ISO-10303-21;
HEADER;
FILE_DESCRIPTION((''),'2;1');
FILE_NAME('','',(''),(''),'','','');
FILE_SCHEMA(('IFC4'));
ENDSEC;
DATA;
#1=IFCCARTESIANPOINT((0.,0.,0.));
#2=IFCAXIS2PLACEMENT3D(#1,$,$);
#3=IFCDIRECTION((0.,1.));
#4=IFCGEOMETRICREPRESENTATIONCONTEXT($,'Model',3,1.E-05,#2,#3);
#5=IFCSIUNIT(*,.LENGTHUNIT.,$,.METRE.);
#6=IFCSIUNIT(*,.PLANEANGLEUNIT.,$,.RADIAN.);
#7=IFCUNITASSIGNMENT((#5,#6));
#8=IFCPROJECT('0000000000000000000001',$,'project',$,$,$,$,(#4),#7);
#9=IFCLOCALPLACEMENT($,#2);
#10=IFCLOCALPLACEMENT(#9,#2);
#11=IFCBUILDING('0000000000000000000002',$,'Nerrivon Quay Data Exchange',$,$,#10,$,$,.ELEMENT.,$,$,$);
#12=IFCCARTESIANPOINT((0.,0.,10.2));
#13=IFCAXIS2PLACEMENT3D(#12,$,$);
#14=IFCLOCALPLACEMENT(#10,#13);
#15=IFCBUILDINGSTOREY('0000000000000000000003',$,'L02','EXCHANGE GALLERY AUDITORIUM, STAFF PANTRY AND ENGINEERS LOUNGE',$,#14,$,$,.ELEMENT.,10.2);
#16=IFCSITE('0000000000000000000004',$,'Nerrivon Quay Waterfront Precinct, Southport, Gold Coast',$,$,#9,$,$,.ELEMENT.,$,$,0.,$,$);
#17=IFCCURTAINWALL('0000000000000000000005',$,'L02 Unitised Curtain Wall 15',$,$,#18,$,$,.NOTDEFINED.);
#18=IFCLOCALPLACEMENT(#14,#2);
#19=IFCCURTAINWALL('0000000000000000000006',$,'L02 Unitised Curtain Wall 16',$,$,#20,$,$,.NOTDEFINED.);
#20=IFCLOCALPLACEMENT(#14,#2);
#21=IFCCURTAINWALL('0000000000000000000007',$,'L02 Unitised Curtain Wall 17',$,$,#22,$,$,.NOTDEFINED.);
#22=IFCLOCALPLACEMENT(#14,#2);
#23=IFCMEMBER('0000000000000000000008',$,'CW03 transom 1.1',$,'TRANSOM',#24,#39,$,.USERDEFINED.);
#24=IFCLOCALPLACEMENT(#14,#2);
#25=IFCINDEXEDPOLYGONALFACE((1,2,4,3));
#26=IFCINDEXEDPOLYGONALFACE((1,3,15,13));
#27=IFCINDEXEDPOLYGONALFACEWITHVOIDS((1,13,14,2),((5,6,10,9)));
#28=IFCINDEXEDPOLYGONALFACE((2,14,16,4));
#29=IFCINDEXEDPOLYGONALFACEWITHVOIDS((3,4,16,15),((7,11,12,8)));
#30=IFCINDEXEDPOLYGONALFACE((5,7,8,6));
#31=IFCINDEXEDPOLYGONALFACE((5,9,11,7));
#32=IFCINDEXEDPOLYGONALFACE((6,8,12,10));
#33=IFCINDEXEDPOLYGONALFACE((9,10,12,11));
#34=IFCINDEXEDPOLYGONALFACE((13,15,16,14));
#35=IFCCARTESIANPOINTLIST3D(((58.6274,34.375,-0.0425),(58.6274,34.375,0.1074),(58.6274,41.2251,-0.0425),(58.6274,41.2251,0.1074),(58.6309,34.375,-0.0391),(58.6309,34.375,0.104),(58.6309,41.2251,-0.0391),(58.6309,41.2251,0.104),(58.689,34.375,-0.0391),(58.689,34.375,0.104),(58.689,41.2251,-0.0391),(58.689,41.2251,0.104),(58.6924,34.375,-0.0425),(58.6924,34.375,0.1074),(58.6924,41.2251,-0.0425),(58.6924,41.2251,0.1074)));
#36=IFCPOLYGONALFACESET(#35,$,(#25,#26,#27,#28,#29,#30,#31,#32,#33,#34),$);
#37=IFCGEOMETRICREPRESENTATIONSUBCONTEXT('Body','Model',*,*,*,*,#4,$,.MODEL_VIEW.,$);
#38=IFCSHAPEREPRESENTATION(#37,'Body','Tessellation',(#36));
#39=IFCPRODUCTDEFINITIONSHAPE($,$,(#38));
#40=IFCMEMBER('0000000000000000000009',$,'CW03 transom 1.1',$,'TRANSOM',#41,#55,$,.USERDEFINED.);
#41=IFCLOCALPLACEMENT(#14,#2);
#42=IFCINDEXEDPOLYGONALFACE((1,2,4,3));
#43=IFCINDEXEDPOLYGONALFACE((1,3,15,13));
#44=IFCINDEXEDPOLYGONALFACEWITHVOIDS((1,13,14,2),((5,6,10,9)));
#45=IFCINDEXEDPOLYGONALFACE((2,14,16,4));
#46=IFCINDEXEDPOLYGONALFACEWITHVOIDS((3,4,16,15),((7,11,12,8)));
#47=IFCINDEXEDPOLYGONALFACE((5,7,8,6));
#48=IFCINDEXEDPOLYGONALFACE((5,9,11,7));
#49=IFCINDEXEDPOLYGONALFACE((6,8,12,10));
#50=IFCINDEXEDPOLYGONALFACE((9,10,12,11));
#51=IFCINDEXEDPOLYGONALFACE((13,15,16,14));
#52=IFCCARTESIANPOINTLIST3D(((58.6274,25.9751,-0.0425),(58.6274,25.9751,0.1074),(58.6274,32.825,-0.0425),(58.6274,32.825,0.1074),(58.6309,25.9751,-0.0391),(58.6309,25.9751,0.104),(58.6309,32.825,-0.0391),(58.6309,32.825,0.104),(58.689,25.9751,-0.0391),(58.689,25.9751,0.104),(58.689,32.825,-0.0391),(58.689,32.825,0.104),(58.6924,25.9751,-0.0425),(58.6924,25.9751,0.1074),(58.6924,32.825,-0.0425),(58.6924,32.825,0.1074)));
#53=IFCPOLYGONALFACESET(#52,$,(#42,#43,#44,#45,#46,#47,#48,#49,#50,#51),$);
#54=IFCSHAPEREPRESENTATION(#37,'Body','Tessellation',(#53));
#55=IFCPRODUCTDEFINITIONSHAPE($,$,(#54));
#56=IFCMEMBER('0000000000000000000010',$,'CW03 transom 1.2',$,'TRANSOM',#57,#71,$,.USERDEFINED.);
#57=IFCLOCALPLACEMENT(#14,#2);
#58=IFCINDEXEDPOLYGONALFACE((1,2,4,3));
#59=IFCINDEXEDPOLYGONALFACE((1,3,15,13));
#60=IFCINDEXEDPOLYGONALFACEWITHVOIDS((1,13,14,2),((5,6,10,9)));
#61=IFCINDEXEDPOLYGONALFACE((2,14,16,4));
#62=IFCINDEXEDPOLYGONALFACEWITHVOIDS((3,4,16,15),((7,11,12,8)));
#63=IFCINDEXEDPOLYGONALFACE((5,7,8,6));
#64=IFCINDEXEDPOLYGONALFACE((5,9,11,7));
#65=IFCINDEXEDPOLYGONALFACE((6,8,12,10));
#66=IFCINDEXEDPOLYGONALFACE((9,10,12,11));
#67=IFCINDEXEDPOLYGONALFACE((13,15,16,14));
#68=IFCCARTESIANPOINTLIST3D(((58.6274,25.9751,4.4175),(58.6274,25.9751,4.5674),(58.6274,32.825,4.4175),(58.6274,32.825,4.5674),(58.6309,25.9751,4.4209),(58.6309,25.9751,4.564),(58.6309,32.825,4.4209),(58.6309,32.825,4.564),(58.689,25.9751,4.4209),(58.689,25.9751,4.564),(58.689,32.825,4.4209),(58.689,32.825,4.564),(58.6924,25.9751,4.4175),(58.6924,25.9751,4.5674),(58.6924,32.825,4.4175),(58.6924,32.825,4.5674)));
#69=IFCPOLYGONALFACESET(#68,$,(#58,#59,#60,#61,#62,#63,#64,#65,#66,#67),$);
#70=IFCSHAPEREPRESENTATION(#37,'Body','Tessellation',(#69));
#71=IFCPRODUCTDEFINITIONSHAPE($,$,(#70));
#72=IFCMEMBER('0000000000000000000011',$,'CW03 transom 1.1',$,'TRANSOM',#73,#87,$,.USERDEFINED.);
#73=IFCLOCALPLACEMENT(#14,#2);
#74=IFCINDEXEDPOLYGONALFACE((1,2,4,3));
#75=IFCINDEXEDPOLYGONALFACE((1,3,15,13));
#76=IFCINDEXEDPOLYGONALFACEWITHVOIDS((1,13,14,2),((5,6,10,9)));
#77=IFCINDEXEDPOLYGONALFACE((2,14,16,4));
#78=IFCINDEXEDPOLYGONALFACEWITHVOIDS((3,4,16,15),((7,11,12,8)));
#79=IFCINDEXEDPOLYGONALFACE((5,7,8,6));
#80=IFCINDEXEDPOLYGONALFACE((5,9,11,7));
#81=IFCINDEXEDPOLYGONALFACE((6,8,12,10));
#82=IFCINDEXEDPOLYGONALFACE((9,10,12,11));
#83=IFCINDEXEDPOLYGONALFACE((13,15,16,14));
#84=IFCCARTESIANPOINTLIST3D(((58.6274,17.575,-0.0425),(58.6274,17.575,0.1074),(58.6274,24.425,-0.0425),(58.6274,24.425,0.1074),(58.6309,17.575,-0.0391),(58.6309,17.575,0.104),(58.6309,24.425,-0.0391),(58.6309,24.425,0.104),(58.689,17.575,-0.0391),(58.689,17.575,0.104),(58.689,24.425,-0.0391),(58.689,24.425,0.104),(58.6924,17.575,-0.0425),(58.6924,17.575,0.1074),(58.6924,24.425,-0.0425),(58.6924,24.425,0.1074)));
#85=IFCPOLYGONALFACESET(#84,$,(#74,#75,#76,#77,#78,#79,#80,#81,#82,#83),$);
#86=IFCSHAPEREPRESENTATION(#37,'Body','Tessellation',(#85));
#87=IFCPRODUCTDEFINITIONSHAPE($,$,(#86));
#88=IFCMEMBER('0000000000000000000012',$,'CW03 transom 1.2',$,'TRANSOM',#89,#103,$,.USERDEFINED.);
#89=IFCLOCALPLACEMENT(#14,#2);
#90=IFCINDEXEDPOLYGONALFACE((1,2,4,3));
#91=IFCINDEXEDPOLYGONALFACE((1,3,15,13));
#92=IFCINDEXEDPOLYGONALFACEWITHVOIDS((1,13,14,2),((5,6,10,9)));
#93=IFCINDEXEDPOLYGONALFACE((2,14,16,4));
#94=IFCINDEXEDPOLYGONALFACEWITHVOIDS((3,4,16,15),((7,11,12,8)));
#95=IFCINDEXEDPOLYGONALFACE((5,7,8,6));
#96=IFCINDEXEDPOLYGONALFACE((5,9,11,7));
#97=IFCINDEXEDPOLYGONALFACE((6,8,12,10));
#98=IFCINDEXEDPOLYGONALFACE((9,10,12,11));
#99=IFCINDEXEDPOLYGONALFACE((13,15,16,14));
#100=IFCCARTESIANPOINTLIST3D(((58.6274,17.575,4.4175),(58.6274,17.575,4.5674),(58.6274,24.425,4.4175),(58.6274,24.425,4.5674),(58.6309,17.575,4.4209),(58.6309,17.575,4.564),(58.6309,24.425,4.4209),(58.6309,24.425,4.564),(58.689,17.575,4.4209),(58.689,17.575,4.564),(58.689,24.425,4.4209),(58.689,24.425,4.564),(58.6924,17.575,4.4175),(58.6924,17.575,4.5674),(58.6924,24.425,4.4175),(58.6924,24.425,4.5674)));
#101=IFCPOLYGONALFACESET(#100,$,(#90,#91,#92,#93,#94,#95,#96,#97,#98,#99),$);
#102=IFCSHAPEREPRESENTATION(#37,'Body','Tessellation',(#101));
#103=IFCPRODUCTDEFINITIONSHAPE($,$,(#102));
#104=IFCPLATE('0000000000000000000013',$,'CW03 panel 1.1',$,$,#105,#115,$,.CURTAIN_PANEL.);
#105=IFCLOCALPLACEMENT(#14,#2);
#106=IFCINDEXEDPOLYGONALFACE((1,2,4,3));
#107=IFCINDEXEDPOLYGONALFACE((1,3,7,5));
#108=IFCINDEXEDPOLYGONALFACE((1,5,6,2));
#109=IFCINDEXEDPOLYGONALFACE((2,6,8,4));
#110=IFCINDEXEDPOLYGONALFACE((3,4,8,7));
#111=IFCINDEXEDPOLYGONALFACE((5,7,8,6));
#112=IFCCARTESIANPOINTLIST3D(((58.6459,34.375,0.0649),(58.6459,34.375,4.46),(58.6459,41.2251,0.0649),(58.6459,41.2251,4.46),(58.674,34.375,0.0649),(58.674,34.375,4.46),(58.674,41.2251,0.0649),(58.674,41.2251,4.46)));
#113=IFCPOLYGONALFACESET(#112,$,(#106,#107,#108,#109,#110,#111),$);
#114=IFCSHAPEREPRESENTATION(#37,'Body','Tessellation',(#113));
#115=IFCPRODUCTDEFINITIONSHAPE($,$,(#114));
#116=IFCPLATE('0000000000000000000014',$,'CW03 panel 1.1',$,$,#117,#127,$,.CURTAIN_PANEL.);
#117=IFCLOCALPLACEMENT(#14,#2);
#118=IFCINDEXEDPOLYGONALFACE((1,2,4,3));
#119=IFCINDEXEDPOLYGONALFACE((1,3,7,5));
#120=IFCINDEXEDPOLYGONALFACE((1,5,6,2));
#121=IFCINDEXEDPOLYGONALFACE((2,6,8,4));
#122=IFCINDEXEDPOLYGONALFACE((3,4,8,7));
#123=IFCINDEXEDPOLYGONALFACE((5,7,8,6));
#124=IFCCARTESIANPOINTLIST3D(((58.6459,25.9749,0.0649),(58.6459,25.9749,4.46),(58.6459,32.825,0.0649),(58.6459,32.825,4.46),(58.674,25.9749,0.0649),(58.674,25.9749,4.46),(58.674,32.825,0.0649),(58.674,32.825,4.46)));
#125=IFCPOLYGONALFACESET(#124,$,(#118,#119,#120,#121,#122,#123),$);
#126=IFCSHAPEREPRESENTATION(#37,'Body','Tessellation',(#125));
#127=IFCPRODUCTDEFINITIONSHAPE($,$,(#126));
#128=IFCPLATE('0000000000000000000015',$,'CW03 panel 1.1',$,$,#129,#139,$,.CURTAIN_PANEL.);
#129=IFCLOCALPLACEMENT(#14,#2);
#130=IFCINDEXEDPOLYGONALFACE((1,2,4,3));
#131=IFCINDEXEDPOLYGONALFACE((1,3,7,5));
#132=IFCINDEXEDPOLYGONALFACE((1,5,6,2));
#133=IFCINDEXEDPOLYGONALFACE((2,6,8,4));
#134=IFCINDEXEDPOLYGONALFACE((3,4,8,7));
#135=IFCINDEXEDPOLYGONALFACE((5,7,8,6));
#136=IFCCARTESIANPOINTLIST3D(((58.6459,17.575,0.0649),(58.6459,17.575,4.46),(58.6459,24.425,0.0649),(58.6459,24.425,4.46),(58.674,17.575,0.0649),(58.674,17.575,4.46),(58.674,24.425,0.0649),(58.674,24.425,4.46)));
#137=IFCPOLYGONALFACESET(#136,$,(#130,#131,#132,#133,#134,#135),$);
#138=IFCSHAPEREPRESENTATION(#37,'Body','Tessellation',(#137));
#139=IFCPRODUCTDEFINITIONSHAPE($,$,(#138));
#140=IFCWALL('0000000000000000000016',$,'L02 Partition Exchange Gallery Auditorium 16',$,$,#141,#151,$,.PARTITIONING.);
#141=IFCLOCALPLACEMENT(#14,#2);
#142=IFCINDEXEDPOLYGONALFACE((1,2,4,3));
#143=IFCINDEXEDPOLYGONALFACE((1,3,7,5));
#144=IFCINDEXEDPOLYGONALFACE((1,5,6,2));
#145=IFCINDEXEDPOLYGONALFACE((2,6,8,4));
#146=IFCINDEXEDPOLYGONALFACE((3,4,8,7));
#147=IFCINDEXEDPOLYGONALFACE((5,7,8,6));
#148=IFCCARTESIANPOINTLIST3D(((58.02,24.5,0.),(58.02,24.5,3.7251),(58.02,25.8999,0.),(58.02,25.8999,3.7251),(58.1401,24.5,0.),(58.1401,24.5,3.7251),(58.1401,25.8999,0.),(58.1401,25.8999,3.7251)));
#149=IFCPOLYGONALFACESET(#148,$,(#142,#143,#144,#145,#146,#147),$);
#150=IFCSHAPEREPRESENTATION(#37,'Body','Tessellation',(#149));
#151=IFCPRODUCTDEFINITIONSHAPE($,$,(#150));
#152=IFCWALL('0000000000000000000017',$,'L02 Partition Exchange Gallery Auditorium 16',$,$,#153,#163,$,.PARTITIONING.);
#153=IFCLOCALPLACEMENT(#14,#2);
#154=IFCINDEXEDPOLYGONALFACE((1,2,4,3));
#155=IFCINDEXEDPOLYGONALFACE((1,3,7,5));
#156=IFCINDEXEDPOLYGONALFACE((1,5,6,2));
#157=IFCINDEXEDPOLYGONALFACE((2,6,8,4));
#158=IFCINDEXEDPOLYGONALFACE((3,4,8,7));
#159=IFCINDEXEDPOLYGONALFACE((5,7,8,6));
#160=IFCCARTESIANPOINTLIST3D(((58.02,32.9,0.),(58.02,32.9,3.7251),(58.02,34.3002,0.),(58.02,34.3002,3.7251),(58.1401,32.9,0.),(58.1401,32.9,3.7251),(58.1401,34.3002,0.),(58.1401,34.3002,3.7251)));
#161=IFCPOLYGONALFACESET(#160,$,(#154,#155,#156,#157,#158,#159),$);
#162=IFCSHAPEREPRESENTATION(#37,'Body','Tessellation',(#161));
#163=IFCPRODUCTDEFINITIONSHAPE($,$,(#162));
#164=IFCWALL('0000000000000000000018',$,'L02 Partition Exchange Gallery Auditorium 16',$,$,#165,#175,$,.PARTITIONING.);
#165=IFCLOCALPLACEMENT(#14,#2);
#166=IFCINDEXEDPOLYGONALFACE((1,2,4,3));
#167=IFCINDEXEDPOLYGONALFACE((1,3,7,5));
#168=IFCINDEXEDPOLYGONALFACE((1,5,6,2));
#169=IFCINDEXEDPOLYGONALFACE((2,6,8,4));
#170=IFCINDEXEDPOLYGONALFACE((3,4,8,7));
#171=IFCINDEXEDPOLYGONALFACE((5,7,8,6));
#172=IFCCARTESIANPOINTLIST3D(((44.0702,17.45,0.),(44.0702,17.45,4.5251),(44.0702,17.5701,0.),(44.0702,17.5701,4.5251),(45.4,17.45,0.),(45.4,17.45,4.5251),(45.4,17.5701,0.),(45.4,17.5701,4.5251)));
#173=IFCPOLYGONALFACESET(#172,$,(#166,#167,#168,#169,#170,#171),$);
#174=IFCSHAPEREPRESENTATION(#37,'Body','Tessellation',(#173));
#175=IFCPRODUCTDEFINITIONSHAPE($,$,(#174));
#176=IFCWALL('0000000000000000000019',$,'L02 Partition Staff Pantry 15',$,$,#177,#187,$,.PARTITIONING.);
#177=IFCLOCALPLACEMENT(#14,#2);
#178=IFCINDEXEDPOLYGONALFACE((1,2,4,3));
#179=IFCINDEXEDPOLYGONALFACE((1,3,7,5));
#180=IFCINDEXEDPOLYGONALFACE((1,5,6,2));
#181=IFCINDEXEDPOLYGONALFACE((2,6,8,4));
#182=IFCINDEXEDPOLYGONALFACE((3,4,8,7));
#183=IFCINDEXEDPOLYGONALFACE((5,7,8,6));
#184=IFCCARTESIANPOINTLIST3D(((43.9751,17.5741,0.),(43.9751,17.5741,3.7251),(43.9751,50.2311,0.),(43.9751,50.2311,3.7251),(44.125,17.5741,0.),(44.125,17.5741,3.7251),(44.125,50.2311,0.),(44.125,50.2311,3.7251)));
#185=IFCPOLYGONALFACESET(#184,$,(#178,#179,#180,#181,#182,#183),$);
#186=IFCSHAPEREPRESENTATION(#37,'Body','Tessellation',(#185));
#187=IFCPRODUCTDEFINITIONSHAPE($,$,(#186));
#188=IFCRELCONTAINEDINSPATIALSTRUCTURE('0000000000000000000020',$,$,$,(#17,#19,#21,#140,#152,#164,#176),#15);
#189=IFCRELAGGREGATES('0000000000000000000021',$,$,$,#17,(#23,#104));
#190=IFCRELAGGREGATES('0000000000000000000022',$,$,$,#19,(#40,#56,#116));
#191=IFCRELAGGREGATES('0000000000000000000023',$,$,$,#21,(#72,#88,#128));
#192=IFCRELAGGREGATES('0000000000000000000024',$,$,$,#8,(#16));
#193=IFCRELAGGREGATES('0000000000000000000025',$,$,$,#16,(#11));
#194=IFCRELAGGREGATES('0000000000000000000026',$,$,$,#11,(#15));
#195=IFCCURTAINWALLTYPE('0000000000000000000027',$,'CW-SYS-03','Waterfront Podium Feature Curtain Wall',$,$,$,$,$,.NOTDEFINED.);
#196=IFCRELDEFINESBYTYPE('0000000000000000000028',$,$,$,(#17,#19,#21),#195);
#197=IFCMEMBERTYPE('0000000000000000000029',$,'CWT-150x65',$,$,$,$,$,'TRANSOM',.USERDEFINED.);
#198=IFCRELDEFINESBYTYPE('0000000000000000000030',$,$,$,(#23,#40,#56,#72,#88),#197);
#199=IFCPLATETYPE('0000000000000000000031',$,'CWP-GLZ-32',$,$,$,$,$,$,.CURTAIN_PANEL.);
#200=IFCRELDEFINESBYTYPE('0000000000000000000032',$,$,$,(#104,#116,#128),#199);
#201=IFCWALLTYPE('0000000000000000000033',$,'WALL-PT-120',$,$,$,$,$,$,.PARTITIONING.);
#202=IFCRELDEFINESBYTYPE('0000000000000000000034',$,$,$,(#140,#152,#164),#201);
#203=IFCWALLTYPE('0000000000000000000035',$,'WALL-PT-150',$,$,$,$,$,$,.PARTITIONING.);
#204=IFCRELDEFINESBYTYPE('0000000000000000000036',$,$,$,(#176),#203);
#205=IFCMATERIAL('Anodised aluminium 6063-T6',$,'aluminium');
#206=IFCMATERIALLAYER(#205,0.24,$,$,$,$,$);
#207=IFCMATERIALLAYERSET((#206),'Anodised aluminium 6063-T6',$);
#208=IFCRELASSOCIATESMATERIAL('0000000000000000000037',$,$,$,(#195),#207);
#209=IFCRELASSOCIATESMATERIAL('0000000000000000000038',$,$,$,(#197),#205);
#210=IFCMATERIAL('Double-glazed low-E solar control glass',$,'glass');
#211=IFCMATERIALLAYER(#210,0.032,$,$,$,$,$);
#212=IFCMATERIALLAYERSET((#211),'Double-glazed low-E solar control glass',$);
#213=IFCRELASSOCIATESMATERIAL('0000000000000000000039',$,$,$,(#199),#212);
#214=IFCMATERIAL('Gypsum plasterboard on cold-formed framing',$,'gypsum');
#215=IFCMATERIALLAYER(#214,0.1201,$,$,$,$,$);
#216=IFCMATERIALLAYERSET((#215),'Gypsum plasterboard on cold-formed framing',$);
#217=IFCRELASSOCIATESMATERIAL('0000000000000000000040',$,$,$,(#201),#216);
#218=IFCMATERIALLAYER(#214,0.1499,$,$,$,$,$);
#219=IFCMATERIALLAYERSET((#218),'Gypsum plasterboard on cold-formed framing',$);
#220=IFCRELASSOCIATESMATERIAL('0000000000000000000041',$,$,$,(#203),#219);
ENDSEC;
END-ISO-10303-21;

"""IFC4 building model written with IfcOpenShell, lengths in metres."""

from ifc_helpers import new_model, si_unit, direction, frame, frame_2d, origin, origin_2d, place, context, subcontext, project, spatial, rectangle, hollow_rectangle, extrude, material, layer, layer_set, material_profile, profile_set, type_object, element, aggregate, save


model = new_model("IFC4")

# Units and contexts
model_context = context("Model", 3, precision=1e-05, world=origin(), true_north=direction((0.0, 1.0)))
body_context = subcontext(model_context, "Body", "Model", "MODEL_VIEW")
ifc_project = project(units=[si_unit("LENGTHUNIT", "METRE"), si_unit("PLANEANGLEUNIT", "RADIAN")], contexts=[model_context])

# Site, building, storey
site_placement = place(None, origin())
site = spatial("IfcSite", under=ifc_project, at=site_placement, Name="Nerrivon Quay Waterfront Precinct, Southport, Gold Coast", CompositionType="ELEMENT", RefElevation=0.0)
building_placement = place(site_placement, origin())
building = spatial("IfcBuilding", under=site, at=building_placement, Name="Nerrivon Quay Data Exchange", CompositionType="ELEMENT")
storey_placement = place(building_placement, frame((0.0, 0.0, 10.2)))
storey = spatial("IfcBuildingStorey", under=building, at=storey_placement, Name="L02", Description="EXCHANGE GALLERY AUDITORIUM, STAFF PANTRY AND ENGINEERS LOUNGE", CompositionType="ELEMENT", Elevation=10.2)

# Curtain wall
ifc_material_1 = material(Name="Anodised aluminium 6063-T6", Category="aluminium")
ifc_layer_1 = layer(ifc_material_1, 0.24)
ifc_layer_set_1 = layer_set([ifc_layer_1], Name="Anodised aluminium 6063-T6")
curtain_wall_type = type_object("IfcCurtainWallType", Name="CW-SYS-03", Description="Waterfront Podium Feature Curtain Wall", PredefinedType="NOTDEFINED", material=ifc_layer_set_1)
curtain_wall_1_placement = place(storey_placement, origin())
curtain_wall_1 = element("IfcCurtainWall", 1, at=curtain_wall_1_placement, inside=storey, type_object=curtain_wall_type, Name="L02 Unitised Curtain Wall 15", PredefinedType="NOTDEFINED")

# Curtain walls
curtain_wall_2_placement = place(storey_placement, origin())
curtain_wall_2 = element("IfcCurtainWall", 2, at=curtain_wall_2_placement, inside=storey, type_object=curtain_wall_type, Name="L02 Unitised Curtain Wall 16", PredefinedType="NOTDEFINED")
curtain_wall_3_placement = place(storey_placement, origin())
curtain_wall_3 = element("IfcCurtainWall", 3, at=curtain_wall_3_placement, inside=storey, type_object=curtain_wall_type, Name="L02 Unitised Curtain Wall 17", PredefinedType="NOTDEFINED")

# Members
ifc_material_profile_1 = material_profile(ifc_material_1, hollow_rectangle(XDim=0.0649, YDim=0.1499, WallThickness=0.0034, at=origin_2d()), Name="ALU-TRAN-150x65")
ifc_profile_set_1 = profile_set([ifc_material_profile_1], Name="Anodised aluminium 6063-T6")
member_type_1 = type_object("IfcMemberType", Name="CWT-150x65", ElementType="TRANSOM", PredefinedType="USERDEFINED", material=ifc_profile_set_1)
member_1_placement = place(storey_placement, frame((58.6599, 41.2251, 0.0325), z_axis=(0.0, -1.0, 0.0), x_axis=(1.0, 0.0, 0.0)))
member_1 = element("IfcMember", 4, at=member_1_placement, type_object=member_type_1, Name="CW03 transom 1.1", ObjectType="TRANSOM", PredefinedType="USERDEFINED", context=body_context, shape_type="SweptSolid", body=[
    extrude(hollow_rectangle(XDim=0.0649, YDim=0.1499, WallThickness=0.0034, at=origin_2d()), origin(), (0.0, 0.0, 1.0), 6.8501),
])
member_2_placement = place(storey_placement, frame((58.6599, 32.825, 0.0325), z_axis=(0.0, -1.0, 0.0), x_axis=(1.0, 0.0, 0.0)))
member_2 = element("IfcMember", 5, at=member_2_placement, type_object=member_type_1, Name="CW03 transom 1.1", ObjectType="TRANSOM", PredefinedType="USERDEFINED", context=body_context, shape_type="SweptSolid", body=[
    extrude(hollow_rectangle(XDim=0.0649, YDim=0.1499, WallThickness=0.0034, at=origin_2d()), origin(), (0.0, 0.0, 1.0), 6.8499),
])
member_3_placement = place(storey_placement, frame((58.6599, 32.825, 4.4924), z_axis=(0.0, -1.0, 0.0), x_axis=(1.0, 0.0, 0.0)))
member_3 = element("IfcMember", 6, at=member_3_placement, type_object=member_type_1, Name="CW03 transom 1.2", ObjectType="TRANSOM", PredefinedType="USERDEFINED", context=body_context, shape_type="SweptSolid", body=[
    extrude(hollow_rectangle(XDim=0.0649, YDim=0.1499, WallThickness=0.0034, at=origin_2d()), origin(), (0.0, 0.0, 1.0), 6.8499),
])
member_4_placement = place(storey_placement, frame((58.6599, 24.425, 0.0325), z_axis=(0.0, -1.0, 0.0), x_axis=(1.0, 0.0, 0.0)))
member_4 = element("IfcMember", 7, at=member_4_placement, type_object=member_type_1, Name="CW03 transom 1.1", ObjectType="TRANSOM", PredefinedType="USERDEFINED", context=body_context, shape_type="SweptSolid", body=[
    extrude(hollow_rectangle(XDim=0.0649, YDim=0.1499, WallThickness=0.0034, at=origin_2d()), origin(), (0.0, 0.0, 1.0), 6.8501),
])
member_5_placement = place(storey_placement, frame((58.6599, 24.425, 4.4924), z_axis=(0.0, -1.0, 0.0), x_axis=(1.0, 0.0, 0.0)))
member_5 = element("IfcMember", 8, at=member_5_placement, type_object=member_type_1, Name="CW03 transom 1.2", ObjectType="TRANSOM", PredefinedType="USERDEFINED", context=body_context, shape_type="SweptSolid", body=[
    extrude(hollow_rectangle(XDim=0.0649, YDim=0.1499, WallThickness=0.0034, at=origin_2d()), origin(), (0.0, 0.0, 1.0), 6.8501),
])

# Plates
ifc_material_2 = material(Name="Double-glazed low-E solar control glass", Category="glass")
ifc_layer_2 = layer(ifc_material_2, 0.032)
ifc_layer_set_2 = layer_set([ifc_layer_2], Name="Double-glazed low-E solar control glass")
plate_type = type_object("IfcPlateType", Name="CWP-GLZ-32", PredefinedType="CURTAIN_PANEL", material=ifc_layer_set_2)
plate_1_placement = place(storey_placement, frame((58.6599, 37.8, 0.0649), z_axis=(0.0, 0.0, 1.0), x_axis=(0.0, -1.0, 0.0)))
plate_1 = element("IfcPlate", 9, at=plate_1_placement, type_object=plate_type, Name="CW03 panel 1.1", PredefinedType="CURTAIN_PANEL", context=body_context, shape_type="SweptSolid", body=[
    extrude(rectangle(XDim=6.8501, YDim=0.0281, at=origin_2d()), origin(), (0.0, 0.0, 1.0), 4.395),
])
aggregate(curtain_wall_1, [member_1, plate_1])
plate_2_placement = place(storey_placement, frame((58.6599, 29.3999, 0.0649), z_axis=(0.0, 0.0, 1.0), x_axis=(0.0, -1.0, 0.0)))
plate_2 = element("IfcPlate", 10, at=plate_2_placement, type_object=plate_type, Name="CW03 panel 1.1", PredefinedType="CURTAIN_PANEL", context=body_context, shape_type="SweptSolid", body=[
    extrude(rectangle(XDim=6.8501, YDim=0.0281, at=origin_2d()), origin(), (0.0, 0.0, 1.0), 4.395),
])
aggregate(curtain_wall_2, [member_2, member_3, plate_2])
plate_3_placement = place(storey_placement, frame((58.6599, 21.0, 0.0649), z_axis=(0.0, 0.0, 1.0), x_axis=(0.0, -1.0, 0.0)))
plate_3 = element("IfcPlate", 11, at=plate_3_placement, type_object=plate_type, Name="CW03 panel 1.1", PredefinedType="CURTAIN_PANEL", context=body_context, shape_type="SweptSolid", body=[
    extrude(rectangle(XDim=6.8501, YDim=0.0281, at=origin_2d()), origin(), (0.0, 0.0, 1.0), 4.395),
])
aggregate(curtain_wall_3, [member_4, member_5, plate_3])

# Walls
ifc_material_3 = material(Name="Gypsum plasterboard on cold-formed framing", Category="gypsum")
ifc_layer_3 = layer(ifc_material_3, 0.1201)
ifc_layer_set_3 = layer_set([ifc_layer_3], Name="Gypsum plasterboard on cold-formed framing")
wall_type_1 = type_object("IfcWallType", Name="WALL-PT-120", PredefinedType="PARTITIONING", material=ifc_layer_set_3)
wall_1_placement = place(storey_placement, frame((58.0801, 24.5, 0.0), z_axis=(0.0, 0.0, 1.0), x_axis=(0.0, 1.0, 0.0)))
element("IfcWall", 12, at=wall_1_placement, inside=storey, type_object=wall_type_1, Name="L02 Partition Exchange Gallery Auditorium 16", PredefinedType="PARTITIONING", context=body_context, shape_type="SweptSolid", body=[
    extrude(rectangle(XDim=1.3999, YDim=0.1201, at=frame_2d((0.7, 0.0))), origin(), (0.0, 0.0, 1.0), 3.7251),
])
wall_2_placement = place(storey_placement, frame((58.0801, 32.8999, 0.0), z_axis=(0.0, 0.0, 1.0), x_axis=(0.0, 1.0, 0.0)))
element("IfcWall", 13, at=wall_2_placement, inside=storey, type_object=wall_type_1, Name="L02 Partition Exchange Gallery Auditorium 16", PredefinedType="PARTITIONING", context=body_context, shape_type="SweptSolid", body=[
    extrude(rectangle(XDim=1.4001, YDim=0.1201, at=frame_2d((0.7002, 0.0))), origin(), (0.0, 0.0, 1.0), 3.7251),
])
wall_3_placement = place(storey_placement, frame((44.0701, 17.51, 0.0), z_axis=(0.0, 0.0, 1.0), x_axis=(1.0, 0.0, 0.0)))
element("IfcWall", 14, at=wall_3_placement, inside=storey, type_object=wall_type_1, Name="L02 Partition Exchange Gallery Auditorium 16", PredefinedType="PARTITIONING", context=body_context, shape_type="SweptSolid", body=[
    extrude(rectangle(XDim=1.3298, YDim=0.1201, at=frame_2d((0.665, 0.0))), origin(), (0.0, 0.0, 1.0), 4.5251),
])
ifc_layer_4 = layer(ifc_material_3, 0.1499)
ifc_layer_set_4 = layer_set([ifc_layer_4], Name="Gypsum plasterboard on cold-formed framing")
wall_type_2 = type_object("IfcWallType", Name="WALL-PT-150", PredefinedType="PARTITIONING", material=ifc_layer_set_4)
wall_4_placement = place(storey_placement, frame((44.05, 17.574, 0.0), z_axis=(0.0, 0.0, 1.0), x_axis=(0.0, 1.0, 0.0)))
element("IfcWall", 15, at=wall_4_placement, inside=storey, type_object=wall_type_2, Name="L02 Partition Staff Pantry 15", PredefinedType="PARTITIONING", context=body_context, shape_type="SweptSolid", body=[
    extrude(rectangle(XDim=32.657, YDim=0.1499, at=frame_2d((16.3286, 0.0))), origin(), (0.0, 0.0, 1.0), 3.7251),
])

save(model, "model.ifc")
